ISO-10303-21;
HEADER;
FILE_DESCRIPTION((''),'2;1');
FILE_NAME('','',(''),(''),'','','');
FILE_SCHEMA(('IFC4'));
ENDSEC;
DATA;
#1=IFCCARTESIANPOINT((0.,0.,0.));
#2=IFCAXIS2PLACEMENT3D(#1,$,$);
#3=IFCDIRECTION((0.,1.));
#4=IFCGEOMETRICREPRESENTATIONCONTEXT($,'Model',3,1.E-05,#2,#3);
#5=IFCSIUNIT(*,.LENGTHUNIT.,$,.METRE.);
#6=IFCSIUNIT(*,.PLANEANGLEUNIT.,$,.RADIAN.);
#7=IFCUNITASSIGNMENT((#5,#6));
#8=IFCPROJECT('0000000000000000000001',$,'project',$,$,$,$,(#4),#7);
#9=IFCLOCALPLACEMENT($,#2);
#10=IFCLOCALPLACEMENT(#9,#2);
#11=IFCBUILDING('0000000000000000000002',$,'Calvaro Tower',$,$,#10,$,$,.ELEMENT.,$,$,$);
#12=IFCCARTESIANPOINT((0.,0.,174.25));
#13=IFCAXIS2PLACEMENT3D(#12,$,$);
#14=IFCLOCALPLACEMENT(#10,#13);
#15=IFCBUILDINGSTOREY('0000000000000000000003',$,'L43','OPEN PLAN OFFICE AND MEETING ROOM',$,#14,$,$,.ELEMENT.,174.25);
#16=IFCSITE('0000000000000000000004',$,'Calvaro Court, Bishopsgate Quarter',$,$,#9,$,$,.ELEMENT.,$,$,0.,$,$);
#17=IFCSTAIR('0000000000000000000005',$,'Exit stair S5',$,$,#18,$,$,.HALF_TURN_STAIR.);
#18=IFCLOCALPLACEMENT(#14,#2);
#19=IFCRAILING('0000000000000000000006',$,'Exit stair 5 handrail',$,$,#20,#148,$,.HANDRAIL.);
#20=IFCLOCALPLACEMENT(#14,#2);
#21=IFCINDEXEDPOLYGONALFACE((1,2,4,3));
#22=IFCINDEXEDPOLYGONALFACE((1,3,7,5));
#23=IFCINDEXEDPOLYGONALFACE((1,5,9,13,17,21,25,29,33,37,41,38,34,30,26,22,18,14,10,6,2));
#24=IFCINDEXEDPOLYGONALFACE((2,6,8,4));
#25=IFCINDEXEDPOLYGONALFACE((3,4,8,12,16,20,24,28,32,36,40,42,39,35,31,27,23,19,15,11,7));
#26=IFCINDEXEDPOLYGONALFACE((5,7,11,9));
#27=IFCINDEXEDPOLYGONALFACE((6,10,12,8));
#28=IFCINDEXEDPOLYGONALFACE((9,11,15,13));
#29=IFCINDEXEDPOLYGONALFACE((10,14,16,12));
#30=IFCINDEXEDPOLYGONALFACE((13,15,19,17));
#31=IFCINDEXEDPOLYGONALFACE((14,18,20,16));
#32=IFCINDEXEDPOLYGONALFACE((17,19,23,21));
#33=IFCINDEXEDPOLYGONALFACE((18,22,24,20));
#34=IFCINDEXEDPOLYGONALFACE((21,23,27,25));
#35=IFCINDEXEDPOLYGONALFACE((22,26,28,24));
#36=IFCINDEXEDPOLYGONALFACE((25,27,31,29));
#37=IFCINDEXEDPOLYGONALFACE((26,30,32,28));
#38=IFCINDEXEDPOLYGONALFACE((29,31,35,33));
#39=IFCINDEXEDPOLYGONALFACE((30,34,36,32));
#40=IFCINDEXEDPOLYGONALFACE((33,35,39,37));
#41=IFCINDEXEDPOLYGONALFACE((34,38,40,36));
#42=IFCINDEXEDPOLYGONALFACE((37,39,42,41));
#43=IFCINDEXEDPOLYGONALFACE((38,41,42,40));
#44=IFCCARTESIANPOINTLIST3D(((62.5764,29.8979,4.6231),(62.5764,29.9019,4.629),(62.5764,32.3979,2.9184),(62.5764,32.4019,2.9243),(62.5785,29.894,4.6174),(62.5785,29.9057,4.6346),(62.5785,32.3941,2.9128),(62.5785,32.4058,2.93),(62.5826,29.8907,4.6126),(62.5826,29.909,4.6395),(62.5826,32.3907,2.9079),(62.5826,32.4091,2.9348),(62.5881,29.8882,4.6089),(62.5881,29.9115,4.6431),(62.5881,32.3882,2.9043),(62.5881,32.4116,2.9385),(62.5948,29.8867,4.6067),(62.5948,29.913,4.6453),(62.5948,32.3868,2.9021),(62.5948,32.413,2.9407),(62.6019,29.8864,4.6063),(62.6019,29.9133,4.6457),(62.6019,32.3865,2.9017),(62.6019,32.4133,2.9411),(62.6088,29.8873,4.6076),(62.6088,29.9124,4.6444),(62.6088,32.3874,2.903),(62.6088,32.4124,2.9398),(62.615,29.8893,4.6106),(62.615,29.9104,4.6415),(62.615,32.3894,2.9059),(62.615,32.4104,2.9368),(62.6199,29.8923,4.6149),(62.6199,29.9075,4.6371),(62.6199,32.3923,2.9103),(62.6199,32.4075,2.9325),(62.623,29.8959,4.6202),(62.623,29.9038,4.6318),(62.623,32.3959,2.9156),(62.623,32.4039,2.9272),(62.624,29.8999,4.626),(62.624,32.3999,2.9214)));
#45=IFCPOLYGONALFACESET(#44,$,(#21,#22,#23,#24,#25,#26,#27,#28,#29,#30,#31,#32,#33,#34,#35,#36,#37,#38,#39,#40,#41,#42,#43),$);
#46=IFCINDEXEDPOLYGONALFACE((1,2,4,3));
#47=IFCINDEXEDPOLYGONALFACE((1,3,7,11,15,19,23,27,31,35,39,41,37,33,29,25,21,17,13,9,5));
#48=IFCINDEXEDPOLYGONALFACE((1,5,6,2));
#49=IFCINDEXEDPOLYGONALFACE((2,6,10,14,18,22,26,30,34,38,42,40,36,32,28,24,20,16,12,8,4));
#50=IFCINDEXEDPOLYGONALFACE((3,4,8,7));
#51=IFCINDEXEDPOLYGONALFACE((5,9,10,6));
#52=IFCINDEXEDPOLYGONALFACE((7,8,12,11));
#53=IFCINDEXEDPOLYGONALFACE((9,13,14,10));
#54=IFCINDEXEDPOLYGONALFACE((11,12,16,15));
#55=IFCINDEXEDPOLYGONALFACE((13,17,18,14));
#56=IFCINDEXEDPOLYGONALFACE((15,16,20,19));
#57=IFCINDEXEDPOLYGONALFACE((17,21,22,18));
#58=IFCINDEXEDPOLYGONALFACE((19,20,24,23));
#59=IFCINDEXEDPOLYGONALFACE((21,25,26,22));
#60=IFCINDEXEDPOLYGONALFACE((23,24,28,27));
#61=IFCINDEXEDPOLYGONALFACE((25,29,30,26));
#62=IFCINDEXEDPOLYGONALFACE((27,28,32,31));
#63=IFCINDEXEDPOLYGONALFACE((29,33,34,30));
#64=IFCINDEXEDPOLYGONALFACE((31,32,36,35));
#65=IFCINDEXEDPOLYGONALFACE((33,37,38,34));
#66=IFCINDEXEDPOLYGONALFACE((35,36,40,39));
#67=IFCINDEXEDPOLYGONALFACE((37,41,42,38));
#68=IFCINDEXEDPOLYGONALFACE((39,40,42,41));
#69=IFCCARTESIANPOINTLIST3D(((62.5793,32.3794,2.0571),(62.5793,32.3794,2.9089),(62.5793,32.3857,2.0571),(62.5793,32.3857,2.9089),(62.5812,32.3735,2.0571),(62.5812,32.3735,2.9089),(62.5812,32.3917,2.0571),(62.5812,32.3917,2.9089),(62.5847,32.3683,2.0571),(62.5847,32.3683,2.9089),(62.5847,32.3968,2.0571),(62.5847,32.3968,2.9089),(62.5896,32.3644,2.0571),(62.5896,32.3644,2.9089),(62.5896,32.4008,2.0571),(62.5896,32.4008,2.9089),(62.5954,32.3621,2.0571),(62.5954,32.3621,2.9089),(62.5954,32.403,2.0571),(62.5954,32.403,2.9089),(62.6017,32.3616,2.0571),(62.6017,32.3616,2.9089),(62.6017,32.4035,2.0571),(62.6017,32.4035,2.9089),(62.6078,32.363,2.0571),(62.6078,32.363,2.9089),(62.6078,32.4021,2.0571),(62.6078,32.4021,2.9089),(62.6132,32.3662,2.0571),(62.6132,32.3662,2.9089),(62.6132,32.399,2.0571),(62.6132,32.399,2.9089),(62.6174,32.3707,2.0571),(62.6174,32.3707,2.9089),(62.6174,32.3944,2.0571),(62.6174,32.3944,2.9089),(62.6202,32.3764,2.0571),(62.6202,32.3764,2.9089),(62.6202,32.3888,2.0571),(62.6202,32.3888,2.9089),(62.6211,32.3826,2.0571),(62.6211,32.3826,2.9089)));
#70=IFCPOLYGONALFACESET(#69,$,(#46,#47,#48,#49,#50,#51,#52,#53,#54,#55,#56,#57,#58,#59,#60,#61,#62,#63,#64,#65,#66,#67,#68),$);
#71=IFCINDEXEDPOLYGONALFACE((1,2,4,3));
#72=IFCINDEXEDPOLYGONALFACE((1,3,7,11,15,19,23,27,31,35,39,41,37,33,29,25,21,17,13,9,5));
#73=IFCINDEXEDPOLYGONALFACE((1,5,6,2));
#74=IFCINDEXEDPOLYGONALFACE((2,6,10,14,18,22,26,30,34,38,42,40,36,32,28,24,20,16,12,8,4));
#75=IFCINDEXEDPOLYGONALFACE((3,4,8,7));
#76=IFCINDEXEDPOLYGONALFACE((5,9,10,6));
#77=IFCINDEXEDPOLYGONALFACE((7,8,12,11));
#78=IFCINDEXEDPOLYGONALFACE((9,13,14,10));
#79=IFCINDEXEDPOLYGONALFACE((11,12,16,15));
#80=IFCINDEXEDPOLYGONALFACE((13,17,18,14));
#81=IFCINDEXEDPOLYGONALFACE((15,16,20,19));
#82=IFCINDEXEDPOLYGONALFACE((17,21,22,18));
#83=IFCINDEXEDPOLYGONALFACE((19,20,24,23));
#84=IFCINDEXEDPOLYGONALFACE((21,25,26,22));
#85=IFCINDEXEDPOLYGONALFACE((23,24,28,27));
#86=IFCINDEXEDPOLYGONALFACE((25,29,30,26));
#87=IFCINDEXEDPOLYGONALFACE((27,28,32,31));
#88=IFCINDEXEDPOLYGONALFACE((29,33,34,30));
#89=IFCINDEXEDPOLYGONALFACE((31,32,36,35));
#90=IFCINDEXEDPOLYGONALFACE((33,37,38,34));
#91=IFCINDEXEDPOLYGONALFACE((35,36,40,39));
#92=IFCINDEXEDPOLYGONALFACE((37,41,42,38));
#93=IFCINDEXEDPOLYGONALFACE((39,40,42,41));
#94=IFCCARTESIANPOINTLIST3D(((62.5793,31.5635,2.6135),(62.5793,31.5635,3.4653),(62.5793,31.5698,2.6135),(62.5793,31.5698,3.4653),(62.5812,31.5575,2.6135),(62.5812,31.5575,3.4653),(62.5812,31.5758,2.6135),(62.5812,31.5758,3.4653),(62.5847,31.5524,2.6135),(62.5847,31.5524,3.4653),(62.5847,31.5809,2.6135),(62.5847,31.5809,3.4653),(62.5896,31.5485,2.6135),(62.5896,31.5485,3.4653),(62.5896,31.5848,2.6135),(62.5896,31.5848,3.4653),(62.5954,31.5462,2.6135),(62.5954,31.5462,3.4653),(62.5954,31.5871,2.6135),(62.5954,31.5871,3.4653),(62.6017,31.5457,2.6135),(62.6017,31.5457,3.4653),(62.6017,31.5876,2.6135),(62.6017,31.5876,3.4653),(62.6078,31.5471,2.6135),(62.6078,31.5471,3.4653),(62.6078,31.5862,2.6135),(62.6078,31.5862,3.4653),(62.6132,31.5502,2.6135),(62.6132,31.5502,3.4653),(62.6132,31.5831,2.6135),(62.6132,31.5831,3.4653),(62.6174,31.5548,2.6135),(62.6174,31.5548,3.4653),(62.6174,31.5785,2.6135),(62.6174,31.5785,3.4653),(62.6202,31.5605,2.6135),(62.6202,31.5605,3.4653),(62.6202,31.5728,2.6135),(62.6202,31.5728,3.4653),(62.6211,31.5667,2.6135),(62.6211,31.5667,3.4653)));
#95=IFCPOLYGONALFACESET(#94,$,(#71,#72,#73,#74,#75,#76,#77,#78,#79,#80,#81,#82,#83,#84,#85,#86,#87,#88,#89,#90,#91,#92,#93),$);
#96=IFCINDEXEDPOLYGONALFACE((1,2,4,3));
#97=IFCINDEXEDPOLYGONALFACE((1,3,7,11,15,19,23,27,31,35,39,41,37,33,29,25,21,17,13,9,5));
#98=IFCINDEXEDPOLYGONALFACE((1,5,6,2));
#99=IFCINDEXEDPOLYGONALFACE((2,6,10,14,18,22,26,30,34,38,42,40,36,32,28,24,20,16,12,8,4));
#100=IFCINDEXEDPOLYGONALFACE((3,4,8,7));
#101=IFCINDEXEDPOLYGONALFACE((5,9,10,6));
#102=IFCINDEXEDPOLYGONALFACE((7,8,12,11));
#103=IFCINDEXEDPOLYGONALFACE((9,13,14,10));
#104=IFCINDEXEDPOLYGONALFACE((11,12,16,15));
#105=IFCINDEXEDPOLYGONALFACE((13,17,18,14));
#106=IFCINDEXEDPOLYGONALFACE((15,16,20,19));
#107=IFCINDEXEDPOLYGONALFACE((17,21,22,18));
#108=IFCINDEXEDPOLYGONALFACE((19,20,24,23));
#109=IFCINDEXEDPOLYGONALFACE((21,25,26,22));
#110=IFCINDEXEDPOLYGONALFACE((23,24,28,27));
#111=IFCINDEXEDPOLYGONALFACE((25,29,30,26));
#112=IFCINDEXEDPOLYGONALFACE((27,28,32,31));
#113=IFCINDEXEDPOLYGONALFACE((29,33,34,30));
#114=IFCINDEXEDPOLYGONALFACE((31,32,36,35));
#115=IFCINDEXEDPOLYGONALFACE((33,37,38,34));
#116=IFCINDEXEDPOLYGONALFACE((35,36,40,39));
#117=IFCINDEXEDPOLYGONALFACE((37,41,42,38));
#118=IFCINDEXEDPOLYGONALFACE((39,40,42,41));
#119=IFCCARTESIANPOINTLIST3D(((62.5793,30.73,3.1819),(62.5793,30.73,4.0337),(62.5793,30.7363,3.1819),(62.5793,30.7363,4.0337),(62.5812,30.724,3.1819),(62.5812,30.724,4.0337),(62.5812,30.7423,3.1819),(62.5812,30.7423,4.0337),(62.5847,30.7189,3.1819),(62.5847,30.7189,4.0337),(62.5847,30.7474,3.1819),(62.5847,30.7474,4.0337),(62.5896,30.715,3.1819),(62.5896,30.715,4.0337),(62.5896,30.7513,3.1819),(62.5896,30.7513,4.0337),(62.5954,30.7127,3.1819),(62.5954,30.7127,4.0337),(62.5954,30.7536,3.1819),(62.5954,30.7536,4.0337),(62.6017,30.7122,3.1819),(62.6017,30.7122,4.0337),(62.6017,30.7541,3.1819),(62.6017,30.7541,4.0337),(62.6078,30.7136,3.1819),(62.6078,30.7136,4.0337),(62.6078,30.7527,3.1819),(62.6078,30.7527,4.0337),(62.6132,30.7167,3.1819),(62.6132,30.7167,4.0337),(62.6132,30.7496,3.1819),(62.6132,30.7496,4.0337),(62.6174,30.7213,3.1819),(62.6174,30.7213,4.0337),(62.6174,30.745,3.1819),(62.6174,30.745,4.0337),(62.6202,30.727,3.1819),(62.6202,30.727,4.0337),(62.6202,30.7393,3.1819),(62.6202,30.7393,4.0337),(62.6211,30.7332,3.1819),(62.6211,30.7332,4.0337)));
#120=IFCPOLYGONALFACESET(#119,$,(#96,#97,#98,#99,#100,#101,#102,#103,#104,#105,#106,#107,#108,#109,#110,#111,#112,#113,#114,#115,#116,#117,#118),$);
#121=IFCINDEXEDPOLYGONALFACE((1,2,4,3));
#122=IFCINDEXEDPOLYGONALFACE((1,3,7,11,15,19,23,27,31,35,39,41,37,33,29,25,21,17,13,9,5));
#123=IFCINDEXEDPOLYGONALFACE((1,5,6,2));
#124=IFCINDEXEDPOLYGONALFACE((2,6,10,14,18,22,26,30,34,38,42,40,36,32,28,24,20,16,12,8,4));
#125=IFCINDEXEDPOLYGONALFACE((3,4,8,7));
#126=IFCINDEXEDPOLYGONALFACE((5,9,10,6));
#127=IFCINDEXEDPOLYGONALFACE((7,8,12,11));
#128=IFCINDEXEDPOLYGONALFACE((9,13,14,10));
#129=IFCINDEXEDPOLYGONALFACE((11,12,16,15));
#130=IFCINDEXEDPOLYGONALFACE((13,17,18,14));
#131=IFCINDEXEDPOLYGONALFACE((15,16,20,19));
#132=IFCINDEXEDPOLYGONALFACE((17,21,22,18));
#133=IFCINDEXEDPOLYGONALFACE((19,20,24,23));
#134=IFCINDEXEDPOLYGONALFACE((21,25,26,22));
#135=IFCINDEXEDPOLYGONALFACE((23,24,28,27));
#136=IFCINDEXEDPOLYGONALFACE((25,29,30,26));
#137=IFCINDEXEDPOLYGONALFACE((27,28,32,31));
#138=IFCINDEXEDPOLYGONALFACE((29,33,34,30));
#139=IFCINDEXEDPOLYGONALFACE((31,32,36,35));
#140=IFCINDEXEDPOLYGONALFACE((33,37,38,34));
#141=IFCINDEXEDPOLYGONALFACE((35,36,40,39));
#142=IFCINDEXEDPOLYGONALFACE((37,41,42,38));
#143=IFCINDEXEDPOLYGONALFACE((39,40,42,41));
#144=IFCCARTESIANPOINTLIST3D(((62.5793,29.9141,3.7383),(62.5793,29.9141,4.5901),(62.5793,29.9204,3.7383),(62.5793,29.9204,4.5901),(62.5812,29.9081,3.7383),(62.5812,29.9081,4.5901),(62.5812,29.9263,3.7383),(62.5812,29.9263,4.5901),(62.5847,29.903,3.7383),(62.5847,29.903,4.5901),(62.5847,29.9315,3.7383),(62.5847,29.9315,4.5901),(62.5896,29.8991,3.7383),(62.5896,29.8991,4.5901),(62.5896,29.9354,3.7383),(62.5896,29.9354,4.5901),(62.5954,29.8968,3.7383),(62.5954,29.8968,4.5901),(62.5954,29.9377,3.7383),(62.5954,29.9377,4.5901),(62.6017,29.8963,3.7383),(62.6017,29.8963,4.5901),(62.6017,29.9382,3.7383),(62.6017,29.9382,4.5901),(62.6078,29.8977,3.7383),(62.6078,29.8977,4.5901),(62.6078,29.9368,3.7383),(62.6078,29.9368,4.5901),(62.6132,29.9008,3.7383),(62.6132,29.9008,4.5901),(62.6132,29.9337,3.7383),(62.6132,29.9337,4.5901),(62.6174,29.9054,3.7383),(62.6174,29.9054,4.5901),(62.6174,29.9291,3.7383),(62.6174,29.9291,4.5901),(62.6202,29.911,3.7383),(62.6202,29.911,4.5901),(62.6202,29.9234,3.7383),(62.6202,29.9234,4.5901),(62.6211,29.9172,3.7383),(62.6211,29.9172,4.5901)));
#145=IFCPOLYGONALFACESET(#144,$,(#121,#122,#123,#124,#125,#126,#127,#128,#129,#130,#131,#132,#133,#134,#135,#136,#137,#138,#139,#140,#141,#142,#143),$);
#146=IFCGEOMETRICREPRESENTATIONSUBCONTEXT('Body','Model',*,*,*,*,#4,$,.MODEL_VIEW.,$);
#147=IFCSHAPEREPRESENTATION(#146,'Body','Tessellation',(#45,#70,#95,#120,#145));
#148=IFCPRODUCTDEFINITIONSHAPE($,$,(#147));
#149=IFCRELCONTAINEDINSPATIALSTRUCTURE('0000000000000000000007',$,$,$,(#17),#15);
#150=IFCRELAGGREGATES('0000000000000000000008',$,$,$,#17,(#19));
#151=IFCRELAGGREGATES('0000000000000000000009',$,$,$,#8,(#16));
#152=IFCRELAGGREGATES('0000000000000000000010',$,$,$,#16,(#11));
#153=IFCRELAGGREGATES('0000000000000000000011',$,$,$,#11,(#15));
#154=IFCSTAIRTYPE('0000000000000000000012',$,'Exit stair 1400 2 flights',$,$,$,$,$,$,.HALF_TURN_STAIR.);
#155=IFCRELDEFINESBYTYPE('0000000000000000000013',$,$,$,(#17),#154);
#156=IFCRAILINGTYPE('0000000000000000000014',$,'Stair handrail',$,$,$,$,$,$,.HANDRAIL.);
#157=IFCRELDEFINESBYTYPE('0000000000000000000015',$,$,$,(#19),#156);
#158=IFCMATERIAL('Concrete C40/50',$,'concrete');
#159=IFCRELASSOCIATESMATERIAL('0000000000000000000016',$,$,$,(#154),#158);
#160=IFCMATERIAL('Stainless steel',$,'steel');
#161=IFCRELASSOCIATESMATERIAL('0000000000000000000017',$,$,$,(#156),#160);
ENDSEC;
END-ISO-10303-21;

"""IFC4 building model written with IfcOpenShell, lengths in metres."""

from ifc_helpers import new_model, si_unit, direction, frame, origin, origin_2d, place, context, subcontext, project, spatial, circle, extrude, material, type_object, element, aggregate, save


model = new_model("IFC4")

# Units and contexts
model_context = context("Model", 3, precision=1e-05, world=origin(), true_north=direction((0.0, 1.0)))
body_context = subcontext(model_context, "Body", "Model", "MODEL_VIEW")
ifc_project = project(units=[si_unit("LENGTHUNIT", "METRE"), si_unit("PLANEANGLEUNIT", "RADIAN")], contexts=[model_context])

# Site, building, storey
site_placement = place(None, origin())
site = spatial("IfcSite", under=ifc_project, at=site_placement, Name="Calvaro Court, Bishopsgate Quarter", CompositionType="ELEMENT", RefElevation=0.0)
building_placement = place(site_placement, origin())
building = spatial("IfcBuilding", under=site, at=building_placement, Name="Calvaro Tower", CompositionType="ELEMENT")
storey_placement = place(building_placement, frame((0.0, 0.0, 174.25)))
storey = spatial("IfcBuildingStorey", under=building, at=storey_placement, Name="L43", Description="OPEN PLAN OFFICE AND MEETING ROOM", CompositionType="ELEMENT", Elevation=174.25)

# Stair, railing
ifc_material_1 = material(Name="Concrete C40/50", Category="concrete")
stair_type = type_object("IfcStairType", Name="Exit stair 1400 2 flights", PredefinedType="HALF_TURN_STAIR", material=ifc_material_1)
stair_placement = place(storey_placement, origin())
stair = element("IfcStair", 1, at=stair_placement, inside=storey, type_object=stair_type, Name="Exit stair S5", PredefinedType="HALF_TURN_STAIR")
ifc_material_2 = material(Name="Stainless steel", Category="steel")
railing_type = type_object("IfcRailingType", Name="Stair handrail", PredefinedType="HANDRAIL", material=ifc_material_2)
railing_1_placement = place(storey_placement, frame((62.6001, 32.3999, 2.0454)))
railing_1 = element("IfcRailing", 2, at=railing_1_placement, type_object=railing_type, Name="Exit stair 5 handrail", PredefinedType="HANDRAIL", context=body_context, shape_type="SweptSolid", body=[
    extrude(circle(Radius=0.0239, at=origin_2d()), frame((0.0, 0.0, 0.876), z_axis=(0.0, -0.826221, 0.563347), x_axis=(1.0, 0.0, 0.0)), (0.0, 0.0, 1.0), 3.0259),
    extrude(circle(Radius=0.021, at=origin_2d()), frame((0.0, -0.0173, 0.0117)), (0.0, 0.0, 1.0), 0.8518),
    extrude(circle(Radius=0.021, at=origin_2d()), frame((0.0, -0.8333, 0.5681)), (0.0, 0.0, 1.0), 0.8518),
    extrude(circle(Radius=0.021, at=origin_2d()), frame((0.0, -1.6667, 1.1365)), (0.0, 0.0, 1.0), 0.8518),
    extrude(circle(Radius=0.021, at=origin_2d()), frame((0.0, -2.4827, 1.6929)), (0.0, 0.0, 1.0), 0.8518),
])
aggregate(stair, [railing_1])

save(model, "model.ifc")
